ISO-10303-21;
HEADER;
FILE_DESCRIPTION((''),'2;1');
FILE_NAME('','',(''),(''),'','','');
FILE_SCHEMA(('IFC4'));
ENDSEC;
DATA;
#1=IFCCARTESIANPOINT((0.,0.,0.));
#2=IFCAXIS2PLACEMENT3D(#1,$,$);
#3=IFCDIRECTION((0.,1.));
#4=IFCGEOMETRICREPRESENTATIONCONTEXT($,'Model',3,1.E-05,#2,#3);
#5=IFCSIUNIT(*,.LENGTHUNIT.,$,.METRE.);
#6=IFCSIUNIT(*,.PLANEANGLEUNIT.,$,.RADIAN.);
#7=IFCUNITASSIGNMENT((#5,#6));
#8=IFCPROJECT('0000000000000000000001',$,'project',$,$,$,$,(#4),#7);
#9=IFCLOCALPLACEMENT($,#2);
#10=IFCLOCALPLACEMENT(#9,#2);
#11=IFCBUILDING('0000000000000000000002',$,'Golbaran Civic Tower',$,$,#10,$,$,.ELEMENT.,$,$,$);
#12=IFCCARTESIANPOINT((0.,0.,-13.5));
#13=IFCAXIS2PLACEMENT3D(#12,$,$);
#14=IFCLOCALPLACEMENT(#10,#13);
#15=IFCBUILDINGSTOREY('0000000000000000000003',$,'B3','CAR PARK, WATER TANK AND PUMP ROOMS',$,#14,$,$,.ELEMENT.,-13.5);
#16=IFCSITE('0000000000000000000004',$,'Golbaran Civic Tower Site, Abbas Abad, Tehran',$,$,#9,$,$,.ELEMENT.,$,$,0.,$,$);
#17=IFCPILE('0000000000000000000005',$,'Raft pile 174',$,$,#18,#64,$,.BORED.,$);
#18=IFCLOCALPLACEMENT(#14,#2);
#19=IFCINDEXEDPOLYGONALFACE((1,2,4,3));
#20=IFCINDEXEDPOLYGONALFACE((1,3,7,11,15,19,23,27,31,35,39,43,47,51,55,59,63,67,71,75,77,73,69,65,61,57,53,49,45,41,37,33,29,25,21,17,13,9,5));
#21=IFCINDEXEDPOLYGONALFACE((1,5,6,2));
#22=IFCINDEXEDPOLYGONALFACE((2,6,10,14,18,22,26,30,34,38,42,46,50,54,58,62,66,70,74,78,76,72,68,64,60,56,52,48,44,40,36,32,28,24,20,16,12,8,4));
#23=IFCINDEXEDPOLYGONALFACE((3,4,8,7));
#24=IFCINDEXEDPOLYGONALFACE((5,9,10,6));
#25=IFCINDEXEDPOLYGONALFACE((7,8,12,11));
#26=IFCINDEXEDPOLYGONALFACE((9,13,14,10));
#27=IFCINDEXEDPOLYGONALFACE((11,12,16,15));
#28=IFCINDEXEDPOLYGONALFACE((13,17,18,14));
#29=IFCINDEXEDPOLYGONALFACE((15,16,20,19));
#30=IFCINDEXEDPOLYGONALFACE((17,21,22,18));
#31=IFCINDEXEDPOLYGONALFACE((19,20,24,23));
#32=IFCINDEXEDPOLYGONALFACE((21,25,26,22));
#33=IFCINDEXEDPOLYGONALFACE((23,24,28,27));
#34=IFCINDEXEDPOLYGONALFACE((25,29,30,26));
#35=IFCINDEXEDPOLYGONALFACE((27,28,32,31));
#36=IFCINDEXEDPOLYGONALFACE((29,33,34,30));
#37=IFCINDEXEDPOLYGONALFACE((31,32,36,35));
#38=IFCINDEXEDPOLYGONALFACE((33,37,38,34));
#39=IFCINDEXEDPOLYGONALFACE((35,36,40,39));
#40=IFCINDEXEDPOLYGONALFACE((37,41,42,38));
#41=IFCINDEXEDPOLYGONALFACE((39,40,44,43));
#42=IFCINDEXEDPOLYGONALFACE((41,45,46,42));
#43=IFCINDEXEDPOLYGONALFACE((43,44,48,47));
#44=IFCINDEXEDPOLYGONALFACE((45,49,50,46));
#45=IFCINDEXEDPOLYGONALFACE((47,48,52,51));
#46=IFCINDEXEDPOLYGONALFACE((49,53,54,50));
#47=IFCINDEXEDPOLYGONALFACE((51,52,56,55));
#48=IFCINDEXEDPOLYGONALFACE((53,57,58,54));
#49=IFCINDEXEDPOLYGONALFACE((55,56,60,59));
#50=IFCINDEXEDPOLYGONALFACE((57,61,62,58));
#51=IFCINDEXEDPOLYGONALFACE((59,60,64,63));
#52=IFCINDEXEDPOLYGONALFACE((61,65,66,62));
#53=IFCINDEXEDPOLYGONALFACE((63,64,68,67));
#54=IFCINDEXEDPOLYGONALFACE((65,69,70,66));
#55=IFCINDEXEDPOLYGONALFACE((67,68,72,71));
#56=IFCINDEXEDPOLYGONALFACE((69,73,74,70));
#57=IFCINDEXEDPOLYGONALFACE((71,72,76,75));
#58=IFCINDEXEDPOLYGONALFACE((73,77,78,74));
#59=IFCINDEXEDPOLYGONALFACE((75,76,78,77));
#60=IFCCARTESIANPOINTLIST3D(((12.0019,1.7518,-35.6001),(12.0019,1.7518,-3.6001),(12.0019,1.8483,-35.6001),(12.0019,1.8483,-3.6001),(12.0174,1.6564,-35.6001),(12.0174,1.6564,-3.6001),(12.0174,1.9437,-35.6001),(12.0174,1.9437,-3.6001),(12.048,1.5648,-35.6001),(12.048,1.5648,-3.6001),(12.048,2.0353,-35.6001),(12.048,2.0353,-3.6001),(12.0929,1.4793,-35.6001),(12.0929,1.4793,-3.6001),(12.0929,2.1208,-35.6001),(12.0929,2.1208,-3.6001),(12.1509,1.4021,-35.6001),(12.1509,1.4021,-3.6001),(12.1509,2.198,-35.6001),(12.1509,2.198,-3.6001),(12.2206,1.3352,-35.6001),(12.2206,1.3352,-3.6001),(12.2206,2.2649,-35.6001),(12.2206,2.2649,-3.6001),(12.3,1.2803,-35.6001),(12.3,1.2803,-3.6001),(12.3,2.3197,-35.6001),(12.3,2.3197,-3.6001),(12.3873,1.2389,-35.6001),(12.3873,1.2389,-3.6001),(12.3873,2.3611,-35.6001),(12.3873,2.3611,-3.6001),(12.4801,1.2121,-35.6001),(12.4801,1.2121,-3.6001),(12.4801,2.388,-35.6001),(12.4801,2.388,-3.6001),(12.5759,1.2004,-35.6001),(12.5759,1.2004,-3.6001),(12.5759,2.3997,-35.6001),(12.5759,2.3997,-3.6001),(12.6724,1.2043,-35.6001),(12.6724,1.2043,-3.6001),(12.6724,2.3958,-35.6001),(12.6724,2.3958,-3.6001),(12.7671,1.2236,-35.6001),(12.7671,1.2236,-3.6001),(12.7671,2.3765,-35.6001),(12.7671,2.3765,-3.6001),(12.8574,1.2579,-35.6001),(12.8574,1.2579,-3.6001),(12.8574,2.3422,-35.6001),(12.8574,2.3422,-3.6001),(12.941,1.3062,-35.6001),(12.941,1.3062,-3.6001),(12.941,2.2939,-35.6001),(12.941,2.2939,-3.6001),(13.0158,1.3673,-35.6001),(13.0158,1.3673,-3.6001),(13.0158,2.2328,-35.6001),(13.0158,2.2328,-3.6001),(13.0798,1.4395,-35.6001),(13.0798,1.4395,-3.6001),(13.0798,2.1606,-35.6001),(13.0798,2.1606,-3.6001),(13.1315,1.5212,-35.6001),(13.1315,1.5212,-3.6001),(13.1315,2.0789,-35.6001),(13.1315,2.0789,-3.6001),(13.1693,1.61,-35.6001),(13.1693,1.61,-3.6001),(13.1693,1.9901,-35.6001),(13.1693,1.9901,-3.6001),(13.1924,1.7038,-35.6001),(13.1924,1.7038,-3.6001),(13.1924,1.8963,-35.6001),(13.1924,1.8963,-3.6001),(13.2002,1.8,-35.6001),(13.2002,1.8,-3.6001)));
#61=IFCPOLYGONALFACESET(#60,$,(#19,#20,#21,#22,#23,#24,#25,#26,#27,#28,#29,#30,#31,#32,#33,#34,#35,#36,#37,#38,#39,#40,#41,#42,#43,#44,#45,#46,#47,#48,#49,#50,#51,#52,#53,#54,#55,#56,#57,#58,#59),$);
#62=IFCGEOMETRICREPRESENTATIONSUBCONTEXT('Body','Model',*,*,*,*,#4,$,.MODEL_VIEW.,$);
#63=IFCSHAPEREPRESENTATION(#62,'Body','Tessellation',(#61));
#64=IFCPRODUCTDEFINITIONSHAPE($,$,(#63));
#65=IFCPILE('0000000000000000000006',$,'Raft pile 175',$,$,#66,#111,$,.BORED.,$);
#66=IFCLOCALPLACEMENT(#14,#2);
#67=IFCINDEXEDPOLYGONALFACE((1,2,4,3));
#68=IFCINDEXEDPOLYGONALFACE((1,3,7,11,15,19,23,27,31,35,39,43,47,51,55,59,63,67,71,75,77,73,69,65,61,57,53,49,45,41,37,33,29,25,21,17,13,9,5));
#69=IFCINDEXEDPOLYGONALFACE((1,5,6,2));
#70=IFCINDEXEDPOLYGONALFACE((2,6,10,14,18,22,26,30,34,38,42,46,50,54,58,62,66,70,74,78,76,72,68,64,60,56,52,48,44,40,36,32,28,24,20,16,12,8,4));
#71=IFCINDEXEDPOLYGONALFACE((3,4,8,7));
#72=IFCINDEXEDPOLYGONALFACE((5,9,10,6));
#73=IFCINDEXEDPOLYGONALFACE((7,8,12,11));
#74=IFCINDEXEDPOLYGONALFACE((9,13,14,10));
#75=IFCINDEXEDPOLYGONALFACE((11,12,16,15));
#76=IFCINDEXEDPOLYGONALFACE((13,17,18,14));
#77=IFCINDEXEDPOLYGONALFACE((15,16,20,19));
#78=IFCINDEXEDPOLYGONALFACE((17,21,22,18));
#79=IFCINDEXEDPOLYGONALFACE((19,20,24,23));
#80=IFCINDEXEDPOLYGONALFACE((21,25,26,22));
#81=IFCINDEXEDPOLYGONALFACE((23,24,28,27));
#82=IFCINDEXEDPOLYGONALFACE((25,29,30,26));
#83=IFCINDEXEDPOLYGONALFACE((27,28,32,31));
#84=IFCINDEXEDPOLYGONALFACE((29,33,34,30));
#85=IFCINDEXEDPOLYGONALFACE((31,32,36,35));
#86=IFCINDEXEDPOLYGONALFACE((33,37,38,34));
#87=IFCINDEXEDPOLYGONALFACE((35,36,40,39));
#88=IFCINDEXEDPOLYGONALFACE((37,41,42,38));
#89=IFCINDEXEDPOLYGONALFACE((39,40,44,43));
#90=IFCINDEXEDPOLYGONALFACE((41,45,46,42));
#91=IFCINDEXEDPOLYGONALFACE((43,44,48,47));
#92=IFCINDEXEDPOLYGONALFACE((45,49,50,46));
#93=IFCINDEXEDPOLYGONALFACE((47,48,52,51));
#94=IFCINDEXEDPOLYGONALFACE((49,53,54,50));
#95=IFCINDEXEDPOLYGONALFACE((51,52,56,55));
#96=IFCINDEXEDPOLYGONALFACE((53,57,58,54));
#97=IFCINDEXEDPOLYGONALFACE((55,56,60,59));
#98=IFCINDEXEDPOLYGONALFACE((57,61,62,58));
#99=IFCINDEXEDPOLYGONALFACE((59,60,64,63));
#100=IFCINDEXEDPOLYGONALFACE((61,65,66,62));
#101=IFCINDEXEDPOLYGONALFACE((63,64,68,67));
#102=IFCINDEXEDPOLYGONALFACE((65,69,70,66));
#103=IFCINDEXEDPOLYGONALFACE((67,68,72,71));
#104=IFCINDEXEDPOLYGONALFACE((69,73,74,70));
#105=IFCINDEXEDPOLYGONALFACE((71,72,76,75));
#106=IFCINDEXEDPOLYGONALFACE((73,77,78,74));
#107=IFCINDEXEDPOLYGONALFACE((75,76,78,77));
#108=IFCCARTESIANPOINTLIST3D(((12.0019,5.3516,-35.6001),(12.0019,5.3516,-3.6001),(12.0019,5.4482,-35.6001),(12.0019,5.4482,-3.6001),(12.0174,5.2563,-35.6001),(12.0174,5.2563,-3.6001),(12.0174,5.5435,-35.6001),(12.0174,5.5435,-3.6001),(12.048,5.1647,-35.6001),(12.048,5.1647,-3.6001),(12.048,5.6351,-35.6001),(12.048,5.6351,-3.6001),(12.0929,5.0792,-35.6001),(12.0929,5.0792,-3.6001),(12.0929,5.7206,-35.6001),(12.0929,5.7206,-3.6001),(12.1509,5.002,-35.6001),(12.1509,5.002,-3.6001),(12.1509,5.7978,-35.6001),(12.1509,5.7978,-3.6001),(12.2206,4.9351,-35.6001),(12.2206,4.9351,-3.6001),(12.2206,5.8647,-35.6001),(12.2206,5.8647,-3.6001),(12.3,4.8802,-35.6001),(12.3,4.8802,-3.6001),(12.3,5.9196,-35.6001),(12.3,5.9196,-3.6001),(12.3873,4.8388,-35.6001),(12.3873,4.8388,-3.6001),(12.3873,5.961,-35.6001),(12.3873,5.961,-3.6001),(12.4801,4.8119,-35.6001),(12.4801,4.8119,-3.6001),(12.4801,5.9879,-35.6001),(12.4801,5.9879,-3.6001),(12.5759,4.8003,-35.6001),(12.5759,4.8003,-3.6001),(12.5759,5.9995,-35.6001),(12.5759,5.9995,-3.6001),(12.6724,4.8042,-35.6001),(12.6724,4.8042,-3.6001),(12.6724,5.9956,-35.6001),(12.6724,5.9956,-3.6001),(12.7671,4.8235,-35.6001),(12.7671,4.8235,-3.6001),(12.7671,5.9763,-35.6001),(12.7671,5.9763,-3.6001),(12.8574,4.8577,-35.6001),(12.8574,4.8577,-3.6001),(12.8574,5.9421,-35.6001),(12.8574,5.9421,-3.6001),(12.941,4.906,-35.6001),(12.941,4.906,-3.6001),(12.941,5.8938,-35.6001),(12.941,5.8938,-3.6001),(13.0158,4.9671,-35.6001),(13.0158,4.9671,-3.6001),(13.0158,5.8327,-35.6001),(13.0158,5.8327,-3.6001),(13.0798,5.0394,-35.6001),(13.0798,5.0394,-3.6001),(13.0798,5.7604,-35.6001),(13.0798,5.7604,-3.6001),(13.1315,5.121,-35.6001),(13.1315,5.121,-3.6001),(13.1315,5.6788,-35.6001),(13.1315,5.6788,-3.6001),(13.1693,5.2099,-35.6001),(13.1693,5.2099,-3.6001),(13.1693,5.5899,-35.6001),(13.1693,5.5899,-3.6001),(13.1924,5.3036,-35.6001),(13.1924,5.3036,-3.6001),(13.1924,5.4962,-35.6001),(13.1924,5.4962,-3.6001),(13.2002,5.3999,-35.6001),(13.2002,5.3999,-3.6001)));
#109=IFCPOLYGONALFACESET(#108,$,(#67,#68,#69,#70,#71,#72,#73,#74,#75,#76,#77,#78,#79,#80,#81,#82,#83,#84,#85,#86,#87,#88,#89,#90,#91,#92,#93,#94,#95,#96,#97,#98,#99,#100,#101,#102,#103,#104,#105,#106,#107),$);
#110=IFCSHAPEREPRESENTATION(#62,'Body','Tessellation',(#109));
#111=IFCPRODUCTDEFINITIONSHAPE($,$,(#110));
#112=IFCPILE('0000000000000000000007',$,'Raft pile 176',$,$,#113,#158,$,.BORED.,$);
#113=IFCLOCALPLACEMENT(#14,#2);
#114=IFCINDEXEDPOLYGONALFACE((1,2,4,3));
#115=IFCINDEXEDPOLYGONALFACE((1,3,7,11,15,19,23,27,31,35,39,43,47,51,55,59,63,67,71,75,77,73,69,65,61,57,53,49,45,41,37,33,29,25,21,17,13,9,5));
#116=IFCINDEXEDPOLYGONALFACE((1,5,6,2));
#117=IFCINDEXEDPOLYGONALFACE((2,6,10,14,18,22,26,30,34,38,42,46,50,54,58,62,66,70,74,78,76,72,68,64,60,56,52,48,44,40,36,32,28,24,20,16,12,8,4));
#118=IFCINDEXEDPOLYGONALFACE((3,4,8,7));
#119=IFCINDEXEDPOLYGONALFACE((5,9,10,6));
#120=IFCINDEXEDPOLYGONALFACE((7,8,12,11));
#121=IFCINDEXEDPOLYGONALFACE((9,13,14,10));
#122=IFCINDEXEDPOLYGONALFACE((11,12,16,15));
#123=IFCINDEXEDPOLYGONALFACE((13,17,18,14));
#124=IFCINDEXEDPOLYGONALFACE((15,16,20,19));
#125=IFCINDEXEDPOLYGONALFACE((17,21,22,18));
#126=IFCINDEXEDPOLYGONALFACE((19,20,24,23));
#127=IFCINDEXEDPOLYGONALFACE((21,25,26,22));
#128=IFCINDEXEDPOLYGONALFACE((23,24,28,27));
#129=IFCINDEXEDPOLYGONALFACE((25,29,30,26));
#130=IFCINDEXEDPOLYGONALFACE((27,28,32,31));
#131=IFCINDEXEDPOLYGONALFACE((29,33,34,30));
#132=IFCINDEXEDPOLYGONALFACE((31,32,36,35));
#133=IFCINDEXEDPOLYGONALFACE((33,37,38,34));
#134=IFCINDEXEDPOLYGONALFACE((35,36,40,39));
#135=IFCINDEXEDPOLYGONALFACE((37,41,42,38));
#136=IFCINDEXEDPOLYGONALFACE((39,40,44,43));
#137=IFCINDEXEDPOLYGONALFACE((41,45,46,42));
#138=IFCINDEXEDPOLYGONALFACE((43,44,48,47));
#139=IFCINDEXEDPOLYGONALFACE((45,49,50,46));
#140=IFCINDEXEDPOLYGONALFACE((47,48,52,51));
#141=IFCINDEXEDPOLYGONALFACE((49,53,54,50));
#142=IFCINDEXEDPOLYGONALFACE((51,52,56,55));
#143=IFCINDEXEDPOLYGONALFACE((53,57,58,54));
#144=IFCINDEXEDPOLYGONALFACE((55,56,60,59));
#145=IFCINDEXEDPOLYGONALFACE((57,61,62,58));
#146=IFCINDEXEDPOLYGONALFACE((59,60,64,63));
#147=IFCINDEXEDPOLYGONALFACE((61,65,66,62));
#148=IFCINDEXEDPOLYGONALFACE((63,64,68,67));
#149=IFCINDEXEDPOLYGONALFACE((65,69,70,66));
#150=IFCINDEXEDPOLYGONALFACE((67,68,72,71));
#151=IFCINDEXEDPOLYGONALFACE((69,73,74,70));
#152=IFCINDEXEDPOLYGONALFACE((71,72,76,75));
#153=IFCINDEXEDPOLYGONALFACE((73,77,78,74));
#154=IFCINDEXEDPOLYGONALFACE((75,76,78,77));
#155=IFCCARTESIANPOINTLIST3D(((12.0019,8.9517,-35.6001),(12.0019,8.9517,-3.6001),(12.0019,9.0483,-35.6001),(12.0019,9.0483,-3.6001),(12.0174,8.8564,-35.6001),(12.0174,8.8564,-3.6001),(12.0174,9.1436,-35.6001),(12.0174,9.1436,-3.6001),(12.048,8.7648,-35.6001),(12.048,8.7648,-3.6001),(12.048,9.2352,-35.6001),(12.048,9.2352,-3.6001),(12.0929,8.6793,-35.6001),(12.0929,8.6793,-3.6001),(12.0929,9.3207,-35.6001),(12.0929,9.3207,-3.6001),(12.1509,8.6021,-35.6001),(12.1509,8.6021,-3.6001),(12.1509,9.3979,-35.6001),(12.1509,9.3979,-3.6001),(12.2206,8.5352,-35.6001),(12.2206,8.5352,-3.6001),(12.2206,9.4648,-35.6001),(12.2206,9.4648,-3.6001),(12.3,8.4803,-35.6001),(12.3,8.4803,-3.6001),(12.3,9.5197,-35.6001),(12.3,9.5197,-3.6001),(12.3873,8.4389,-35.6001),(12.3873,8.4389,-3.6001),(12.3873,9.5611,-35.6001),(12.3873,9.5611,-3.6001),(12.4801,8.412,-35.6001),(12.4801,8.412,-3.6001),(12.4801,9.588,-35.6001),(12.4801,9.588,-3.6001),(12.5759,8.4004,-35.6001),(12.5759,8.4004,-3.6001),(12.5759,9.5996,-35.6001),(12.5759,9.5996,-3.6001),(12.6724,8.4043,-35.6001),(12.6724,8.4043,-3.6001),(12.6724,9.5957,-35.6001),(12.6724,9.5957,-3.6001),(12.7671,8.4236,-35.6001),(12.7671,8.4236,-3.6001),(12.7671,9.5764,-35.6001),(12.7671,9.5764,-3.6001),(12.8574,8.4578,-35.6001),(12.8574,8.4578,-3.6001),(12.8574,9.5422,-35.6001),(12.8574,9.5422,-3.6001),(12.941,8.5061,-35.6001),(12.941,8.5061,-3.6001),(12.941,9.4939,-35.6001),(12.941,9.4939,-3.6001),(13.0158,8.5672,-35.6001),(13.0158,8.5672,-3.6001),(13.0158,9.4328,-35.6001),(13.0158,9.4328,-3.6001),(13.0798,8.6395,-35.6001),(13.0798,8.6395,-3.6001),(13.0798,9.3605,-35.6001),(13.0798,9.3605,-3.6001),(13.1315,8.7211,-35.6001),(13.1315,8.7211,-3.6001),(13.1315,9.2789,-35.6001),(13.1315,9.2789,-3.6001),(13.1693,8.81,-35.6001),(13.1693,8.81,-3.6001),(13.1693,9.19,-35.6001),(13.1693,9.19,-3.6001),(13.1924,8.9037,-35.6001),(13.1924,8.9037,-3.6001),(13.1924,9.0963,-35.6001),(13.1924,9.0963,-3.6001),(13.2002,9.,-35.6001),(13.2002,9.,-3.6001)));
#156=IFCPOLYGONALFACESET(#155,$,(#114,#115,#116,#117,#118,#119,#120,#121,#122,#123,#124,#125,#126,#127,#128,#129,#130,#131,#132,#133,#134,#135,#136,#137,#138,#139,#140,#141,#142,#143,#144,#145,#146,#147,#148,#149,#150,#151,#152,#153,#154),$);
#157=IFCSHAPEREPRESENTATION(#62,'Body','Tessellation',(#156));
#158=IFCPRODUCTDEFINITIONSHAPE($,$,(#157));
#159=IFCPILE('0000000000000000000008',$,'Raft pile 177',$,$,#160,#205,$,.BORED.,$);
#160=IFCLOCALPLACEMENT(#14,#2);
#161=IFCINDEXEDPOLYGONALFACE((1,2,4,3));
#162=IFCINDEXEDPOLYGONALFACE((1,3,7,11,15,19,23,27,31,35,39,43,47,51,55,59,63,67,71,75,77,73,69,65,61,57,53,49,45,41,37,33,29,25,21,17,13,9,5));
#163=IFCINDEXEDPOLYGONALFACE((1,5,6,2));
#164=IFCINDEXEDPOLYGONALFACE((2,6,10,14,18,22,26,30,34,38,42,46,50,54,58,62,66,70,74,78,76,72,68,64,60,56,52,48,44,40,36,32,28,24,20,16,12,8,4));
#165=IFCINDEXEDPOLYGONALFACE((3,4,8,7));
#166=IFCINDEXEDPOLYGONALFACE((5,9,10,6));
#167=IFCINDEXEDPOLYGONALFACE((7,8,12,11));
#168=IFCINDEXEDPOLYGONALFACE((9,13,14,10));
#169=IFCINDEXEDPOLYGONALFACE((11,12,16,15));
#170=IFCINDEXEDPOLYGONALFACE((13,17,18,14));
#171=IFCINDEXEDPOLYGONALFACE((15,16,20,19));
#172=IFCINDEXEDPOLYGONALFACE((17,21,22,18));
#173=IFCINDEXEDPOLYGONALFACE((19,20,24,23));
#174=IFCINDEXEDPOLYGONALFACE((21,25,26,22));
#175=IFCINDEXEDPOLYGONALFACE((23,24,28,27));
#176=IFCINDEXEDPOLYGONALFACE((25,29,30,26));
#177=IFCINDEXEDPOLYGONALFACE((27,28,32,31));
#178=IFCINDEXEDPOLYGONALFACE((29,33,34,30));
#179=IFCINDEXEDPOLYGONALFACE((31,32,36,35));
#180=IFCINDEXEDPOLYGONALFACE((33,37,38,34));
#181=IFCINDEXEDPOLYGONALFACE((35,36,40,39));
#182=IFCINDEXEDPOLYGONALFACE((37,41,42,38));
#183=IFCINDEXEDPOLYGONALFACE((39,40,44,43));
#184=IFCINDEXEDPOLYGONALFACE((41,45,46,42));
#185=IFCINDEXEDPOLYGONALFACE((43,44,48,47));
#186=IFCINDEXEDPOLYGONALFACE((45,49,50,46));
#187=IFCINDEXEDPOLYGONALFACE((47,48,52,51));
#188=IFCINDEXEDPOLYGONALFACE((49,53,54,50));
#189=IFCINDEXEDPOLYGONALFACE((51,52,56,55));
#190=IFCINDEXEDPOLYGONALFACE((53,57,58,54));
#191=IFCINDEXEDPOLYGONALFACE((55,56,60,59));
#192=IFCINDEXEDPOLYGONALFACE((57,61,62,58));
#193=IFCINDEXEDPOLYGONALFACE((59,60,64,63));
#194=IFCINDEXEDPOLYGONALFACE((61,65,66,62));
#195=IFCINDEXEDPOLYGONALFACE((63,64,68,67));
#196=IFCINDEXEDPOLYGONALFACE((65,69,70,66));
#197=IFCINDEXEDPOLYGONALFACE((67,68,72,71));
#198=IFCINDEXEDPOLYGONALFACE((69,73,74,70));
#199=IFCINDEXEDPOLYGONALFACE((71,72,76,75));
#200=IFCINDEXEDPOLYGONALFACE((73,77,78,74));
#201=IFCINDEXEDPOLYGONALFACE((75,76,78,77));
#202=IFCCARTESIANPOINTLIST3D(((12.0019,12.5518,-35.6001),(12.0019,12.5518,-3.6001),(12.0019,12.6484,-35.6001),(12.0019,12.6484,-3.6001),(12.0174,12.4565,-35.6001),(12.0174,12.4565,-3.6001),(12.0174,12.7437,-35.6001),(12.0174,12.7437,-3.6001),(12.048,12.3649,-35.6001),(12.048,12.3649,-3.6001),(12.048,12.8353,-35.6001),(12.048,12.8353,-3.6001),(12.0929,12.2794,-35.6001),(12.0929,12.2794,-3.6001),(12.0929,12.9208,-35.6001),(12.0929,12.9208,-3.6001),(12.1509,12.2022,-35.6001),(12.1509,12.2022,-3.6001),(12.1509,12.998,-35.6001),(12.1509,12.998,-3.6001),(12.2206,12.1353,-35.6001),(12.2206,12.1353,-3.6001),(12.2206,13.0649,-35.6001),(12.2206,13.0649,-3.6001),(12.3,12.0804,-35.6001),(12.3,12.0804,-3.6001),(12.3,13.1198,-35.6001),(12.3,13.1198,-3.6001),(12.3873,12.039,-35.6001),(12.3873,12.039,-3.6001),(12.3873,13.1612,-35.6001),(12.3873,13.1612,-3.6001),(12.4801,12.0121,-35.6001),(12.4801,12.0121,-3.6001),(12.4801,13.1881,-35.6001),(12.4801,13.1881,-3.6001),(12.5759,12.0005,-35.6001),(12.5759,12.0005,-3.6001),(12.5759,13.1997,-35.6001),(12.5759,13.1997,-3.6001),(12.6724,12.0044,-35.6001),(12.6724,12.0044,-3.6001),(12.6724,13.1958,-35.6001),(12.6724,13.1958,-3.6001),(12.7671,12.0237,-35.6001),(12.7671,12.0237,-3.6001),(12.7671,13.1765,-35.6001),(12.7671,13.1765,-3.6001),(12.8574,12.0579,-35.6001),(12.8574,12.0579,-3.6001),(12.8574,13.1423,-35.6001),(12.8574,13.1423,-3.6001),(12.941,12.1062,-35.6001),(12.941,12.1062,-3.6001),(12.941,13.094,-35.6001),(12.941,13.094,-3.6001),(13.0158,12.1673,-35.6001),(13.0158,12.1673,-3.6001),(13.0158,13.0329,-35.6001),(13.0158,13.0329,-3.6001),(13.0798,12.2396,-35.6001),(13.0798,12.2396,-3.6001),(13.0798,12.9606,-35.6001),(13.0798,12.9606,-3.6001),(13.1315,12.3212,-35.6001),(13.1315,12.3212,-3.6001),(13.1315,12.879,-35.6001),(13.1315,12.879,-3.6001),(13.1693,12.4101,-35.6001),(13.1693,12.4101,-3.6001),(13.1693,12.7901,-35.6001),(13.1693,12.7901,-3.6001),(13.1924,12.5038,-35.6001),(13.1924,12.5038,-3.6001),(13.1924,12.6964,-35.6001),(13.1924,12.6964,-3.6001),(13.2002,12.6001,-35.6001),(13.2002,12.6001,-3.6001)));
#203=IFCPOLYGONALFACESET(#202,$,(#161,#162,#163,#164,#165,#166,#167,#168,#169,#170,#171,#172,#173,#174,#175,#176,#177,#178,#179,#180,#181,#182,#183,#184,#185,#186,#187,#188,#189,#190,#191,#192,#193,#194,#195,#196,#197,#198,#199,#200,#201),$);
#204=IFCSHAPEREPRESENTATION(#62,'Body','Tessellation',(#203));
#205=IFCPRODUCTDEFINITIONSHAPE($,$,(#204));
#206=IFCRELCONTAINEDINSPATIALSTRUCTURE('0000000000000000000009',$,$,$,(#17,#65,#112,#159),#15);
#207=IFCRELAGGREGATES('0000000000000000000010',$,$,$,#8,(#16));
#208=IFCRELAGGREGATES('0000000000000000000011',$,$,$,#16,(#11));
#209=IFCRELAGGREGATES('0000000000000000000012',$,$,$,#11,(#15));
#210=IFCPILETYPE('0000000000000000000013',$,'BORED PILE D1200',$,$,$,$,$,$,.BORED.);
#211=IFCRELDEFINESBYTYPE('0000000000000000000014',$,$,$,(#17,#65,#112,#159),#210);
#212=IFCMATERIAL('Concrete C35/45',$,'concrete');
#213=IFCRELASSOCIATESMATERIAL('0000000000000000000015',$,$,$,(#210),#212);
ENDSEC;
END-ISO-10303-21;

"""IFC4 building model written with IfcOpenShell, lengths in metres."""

from ifc_helpers import new_model, si_unit, direction, frame, origin, origin_2d, place, context, subcontext, project, spatial, circle, extrude, material, material_profile, profile_set, type_object, element, save


model = new_model("IFC4")

# Units and contexts
model_context = context("Model", 3, precision=1e-05, world=origin(), true_north=direction((0.0, 1.0)))
body_context = subcontext(model_context, "Body", "Model", "MODEL_VIEW")
ifc_project = project(units=[si_unit("LENGTHUNIT", "METRE"), si_unit("PLANEANGLEUNIT", "RADIAN")], contexts=[model_context])

# Site, building, storey
site_placement = place(None, origin())
site = spatial("IfcSite", under=ifc_project, at=site_placement, Name="Golbaran Civic Tower Site, Abbas Abad, Tehran", CompositionType="ELEMENT", RefElevation=0.0)
building_placement = place(site_placement, origin())
building = spatial("IfcBuilding", under=site, at=building_placement, Name="Golbaran Civic Tower", CompositionType="ELEMENT")
storey_placement = place(building_placement, frame((0.0, 0.0, -13.5)))
storey = spatial("IfcBuildingStorey", under=building, at=storey_placement, Name="B3", Description="CAR PARK, WATER TANK AND PUMP ROOMS", CompositionType="ELEMENT", Elevation=-13.5)

# Piles
ifc_material_1 = material(Name="Concrete C35/45", Category="concrete")
ifc_material_profile_1 = material_profile(ifc_material_1, circle(Radius=0.6001, at=origin_2d()), Name="BORED PILE D1200")
ifc_profile_set_1 = profile_set([ifc_material_profile_1], Name="Concrete C35/45")
pile_type = type_object("IfcPileType", Name="BORED PILE D1200", PredefinedType="BORED", material=ifc_profile_set_1)
for number, where, z_axis, x_axis, name in (
    (1, (12.6001, 1.8, -3.6001), (0.0, 0.0, -1.0), (1.0, 0.0, 0.0), "Raft pile 174"),
    (2, (12.6001, 5.3999, -3.6001), (0.0, 0.0, -1.0), (1.0, 0.0, 0.0), "Raft pile 175"),
    (3, (12.6001, 9.0, -3.6001), (0.0, 0.0, -1.0), (1.0, 0.0, 0.0), "Raft pile 176"),
    (4, (12.6001, 12.6001, -3.6001), (0.0, 0.0, -1.0), (1.0, 0.0, 0.0), "Raft pile 177"),
):
    element("IfcPile", number, at=place(storey_placement, frame(where, z_axis=z_axis, x_axis=x_axis)), inside=storey, type_object=pile_type, Name=name, PredefinedType="BORED", context=body_context, shape_type="SweptSolid", body=[
        extrude(circle(Radius=0.6001, at=origin_2d()), origin(), (0.0, 0.0, 1.0), 32.0),
    ])

save(model, "model.ifc")
